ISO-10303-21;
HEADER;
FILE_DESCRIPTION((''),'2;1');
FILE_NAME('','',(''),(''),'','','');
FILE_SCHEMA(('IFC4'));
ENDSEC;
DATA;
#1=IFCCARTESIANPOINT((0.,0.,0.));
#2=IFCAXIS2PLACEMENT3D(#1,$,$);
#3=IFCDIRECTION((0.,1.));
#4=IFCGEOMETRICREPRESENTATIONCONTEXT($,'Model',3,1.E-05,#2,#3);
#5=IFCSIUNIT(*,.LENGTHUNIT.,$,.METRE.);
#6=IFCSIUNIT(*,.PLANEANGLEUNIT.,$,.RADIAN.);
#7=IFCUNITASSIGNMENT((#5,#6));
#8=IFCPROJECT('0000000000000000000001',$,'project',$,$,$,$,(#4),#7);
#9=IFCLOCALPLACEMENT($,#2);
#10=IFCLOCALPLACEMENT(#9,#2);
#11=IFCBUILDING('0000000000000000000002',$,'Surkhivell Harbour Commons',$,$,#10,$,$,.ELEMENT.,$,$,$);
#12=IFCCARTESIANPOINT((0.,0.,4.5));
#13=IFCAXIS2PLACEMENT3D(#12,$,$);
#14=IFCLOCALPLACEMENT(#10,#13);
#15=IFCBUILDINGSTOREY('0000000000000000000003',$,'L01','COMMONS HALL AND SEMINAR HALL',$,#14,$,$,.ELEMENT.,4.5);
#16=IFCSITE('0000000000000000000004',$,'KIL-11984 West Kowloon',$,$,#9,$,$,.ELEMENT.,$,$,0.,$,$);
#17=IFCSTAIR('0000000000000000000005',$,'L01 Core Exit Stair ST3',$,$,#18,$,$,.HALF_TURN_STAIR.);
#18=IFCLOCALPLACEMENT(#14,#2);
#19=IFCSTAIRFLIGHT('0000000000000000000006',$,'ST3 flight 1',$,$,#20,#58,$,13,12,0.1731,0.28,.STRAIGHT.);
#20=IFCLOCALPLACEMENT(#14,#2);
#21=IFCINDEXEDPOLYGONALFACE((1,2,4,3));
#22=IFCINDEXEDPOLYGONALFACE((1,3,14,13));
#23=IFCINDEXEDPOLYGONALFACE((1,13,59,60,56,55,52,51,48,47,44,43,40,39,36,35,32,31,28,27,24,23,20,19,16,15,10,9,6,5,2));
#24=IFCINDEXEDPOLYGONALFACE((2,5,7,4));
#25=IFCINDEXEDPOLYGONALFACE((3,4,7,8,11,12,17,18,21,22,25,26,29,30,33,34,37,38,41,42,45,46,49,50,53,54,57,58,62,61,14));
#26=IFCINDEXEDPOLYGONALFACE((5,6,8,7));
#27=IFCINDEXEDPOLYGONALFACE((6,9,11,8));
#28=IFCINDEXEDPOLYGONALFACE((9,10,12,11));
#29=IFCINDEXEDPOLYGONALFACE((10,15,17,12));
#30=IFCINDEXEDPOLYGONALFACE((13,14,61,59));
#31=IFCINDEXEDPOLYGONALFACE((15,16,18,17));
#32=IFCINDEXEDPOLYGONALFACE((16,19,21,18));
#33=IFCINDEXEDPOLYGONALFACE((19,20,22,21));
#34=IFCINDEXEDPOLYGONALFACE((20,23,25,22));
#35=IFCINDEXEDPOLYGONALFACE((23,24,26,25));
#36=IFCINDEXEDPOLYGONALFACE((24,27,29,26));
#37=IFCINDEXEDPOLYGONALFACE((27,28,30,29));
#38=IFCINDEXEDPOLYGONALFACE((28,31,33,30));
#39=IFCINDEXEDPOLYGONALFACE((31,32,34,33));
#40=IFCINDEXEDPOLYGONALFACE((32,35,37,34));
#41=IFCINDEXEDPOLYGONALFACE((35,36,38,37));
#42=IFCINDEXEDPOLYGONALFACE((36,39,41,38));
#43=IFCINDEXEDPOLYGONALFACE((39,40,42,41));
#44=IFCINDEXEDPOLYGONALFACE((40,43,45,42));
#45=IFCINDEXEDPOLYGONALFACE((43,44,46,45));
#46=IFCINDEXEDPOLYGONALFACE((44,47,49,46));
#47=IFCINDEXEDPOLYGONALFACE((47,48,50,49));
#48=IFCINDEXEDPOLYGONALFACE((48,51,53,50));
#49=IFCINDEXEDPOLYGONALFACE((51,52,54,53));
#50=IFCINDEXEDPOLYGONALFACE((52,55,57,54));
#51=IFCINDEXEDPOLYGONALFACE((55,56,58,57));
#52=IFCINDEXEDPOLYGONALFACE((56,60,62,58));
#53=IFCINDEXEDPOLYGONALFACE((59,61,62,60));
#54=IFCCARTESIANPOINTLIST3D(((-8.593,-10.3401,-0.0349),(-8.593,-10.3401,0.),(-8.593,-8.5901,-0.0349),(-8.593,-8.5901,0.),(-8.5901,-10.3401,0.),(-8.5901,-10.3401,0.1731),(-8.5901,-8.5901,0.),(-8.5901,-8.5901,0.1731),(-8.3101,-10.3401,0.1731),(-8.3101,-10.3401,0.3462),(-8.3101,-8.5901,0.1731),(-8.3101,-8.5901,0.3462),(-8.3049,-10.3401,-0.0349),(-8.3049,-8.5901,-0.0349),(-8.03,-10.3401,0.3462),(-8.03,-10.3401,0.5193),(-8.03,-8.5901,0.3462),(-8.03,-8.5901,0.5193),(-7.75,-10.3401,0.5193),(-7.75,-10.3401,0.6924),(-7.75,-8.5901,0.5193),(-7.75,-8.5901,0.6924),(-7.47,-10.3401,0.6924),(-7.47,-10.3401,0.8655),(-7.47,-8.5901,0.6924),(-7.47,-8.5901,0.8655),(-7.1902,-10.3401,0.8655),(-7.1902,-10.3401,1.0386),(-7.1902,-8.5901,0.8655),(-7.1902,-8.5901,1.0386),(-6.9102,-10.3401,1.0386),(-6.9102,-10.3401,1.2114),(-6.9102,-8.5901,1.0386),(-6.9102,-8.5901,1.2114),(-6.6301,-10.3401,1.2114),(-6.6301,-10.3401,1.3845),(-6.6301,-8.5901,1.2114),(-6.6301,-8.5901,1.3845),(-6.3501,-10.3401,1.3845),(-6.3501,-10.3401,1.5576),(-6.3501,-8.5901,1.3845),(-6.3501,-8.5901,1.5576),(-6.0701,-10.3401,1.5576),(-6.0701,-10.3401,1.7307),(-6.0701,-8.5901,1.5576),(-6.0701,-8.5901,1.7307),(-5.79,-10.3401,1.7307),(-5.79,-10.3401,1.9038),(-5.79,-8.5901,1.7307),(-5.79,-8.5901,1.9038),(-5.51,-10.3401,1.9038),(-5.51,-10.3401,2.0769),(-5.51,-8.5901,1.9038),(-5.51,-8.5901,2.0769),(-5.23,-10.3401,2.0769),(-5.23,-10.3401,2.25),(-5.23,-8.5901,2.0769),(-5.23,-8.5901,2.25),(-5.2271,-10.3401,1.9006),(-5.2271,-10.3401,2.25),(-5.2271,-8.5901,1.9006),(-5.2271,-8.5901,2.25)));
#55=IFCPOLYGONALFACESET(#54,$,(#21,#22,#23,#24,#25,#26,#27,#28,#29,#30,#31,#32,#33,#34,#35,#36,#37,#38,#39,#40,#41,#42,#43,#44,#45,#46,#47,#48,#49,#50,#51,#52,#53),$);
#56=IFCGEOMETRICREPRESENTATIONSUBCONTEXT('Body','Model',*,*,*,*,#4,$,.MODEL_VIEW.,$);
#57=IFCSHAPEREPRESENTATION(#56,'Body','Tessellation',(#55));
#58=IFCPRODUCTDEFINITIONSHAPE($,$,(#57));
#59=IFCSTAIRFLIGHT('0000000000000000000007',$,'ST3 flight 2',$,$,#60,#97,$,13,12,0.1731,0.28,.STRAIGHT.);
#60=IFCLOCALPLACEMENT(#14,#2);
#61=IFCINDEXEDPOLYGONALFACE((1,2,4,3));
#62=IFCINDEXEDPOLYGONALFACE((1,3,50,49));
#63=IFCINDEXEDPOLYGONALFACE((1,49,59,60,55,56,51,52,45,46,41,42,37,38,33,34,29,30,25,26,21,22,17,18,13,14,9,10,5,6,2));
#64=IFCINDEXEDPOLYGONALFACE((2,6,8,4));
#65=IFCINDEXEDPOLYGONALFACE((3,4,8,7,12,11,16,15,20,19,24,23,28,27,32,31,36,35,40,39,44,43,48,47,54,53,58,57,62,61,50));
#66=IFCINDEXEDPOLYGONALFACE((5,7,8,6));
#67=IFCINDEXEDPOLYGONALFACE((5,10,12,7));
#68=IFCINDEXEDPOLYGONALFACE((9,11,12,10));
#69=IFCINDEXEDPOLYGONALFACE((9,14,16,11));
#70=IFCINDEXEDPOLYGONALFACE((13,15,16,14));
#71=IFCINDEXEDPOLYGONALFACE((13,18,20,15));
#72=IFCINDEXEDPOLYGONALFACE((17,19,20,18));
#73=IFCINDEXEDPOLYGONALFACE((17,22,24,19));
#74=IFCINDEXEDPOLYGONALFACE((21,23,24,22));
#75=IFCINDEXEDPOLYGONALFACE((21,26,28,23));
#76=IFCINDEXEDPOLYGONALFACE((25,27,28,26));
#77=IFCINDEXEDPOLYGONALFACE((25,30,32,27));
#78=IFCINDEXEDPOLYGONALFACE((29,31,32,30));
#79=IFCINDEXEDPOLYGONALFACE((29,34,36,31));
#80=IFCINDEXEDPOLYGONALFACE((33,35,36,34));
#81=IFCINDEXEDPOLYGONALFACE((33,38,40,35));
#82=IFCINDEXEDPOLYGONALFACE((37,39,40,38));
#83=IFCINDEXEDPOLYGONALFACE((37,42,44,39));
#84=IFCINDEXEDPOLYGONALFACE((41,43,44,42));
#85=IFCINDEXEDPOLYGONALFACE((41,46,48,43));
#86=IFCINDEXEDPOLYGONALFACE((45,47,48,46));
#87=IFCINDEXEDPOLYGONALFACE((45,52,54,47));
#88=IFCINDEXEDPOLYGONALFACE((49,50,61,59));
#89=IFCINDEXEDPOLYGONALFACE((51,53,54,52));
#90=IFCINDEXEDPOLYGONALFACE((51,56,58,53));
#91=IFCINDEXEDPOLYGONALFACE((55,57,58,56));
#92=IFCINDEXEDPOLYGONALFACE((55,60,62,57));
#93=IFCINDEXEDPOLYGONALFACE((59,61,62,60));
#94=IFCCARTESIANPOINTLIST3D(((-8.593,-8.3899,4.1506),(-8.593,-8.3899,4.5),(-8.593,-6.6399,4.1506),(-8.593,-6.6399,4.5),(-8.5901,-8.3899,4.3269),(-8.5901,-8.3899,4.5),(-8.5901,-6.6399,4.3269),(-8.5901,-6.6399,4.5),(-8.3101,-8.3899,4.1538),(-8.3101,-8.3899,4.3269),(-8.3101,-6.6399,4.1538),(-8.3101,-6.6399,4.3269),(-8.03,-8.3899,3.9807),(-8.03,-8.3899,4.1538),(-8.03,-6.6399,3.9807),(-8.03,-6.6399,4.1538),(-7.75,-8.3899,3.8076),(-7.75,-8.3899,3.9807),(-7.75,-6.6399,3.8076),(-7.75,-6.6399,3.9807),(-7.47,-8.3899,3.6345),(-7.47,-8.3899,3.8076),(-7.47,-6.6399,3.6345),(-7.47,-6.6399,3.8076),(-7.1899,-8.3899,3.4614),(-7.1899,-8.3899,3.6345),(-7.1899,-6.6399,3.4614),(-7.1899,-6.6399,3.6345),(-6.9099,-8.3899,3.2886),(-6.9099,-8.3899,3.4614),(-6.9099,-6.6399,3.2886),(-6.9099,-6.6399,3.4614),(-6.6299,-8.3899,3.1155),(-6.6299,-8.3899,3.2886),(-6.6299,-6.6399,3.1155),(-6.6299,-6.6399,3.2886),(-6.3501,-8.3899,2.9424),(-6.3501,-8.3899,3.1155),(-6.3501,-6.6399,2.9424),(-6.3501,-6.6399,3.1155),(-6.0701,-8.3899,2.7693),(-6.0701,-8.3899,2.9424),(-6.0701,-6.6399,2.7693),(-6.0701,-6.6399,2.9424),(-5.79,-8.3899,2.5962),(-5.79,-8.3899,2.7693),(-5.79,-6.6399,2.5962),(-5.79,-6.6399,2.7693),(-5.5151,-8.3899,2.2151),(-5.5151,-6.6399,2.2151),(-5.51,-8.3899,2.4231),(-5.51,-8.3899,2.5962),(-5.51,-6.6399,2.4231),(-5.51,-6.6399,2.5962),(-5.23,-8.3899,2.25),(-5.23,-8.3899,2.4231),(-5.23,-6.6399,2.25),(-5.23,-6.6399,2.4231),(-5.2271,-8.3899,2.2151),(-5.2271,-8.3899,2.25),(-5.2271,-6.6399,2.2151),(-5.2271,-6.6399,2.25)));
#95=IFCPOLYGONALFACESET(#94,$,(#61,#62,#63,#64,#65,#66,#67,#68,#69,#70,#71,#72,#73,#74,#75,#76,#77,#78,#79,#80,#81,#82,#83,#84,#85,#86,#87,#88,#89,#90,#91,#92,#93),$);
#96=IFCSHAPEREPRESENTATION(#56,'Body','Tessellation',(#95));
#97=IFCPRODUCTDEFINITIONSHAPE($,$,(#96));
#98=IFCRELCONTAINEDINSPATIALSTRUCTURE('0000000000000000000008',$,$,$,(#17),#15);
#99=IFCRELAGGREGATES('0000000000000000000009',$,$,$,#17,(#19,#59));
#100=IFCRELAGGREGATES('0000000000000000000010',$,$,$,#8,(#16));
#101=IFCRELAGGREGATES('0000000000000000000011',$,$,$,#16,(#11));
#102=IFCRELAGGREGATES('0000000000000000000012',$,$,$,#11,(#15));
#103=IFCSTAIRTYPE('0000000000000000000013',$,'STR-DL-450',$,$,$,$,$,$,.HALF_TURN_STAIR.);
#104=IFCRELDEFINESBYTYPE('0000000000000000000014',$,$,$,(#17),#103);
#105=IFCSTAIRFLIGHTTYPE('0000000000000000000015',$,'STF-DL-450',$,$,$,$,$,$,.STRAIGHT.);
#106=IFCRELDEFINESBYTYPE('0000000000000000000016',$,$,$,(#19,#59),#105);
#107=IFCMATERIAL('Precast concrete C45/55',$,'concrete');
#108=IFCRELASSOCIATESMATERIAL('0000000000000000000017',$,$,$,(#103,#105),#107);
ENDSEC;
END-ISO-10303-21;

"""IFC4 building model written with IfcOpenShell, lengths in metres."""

from ifc_helpers import new_model, si_unit, direction, frame, origin, place, context, subcontext, project, spatial, polyline, outline, extrude, material, type_object, element, aggregate, save


model = new_model("IFC4")

# Units and contexts
model_context = context("Model", 3, precision=1e-05, world=origin(), true_north=direction((0.0, 1.0)))
body_context = subcontext(model_context, "Body", "Model", "MODEL_VIEW")
ifc_project = project(units=[si_unit("LENGTHUNIT", "METRE"), si_unit("PLANEANGLEUNIT", "RADIAN")], contexts=[model_context])

# Site, building, storey
site_placement = place(None, origin())
site = spatial("IfcSite", under=ifc_project, at=site_placement, Name="KIL-11984 West Kowloon", CompositionType="ELEMENT", RefElevation=0.0)
building_placement = place(site_placement, origin())
building = spatial("IfcBuilding", under=site, at=building_placement, Name="Surkhivell Harbour Commons", CompositionType="ELEMENT")
storey_placement = place(building_placement, frame((0.0, 0.0, 4.5)))
storey = spatial("IfcBuildingStorey", under=building, at=storey_placement, Name="L01", Description="COMMONS HALL AND SEMINAR HALL", CompositionType="ELEMENT", Elevation=4.5)

# Stair, stair flights
ifc_material_1 = material(Name="Precast concrete C45/55", Category="concrete")
stair_type = type_object("IfcStairType", Name="STR-DL-450", PredefinedType="HALF_TURN_STAIR", material=ifc_material_1)
stair_placement = place(storey_placement, origin())
stair = element("IfcStair", 1, at=stair_placement, inside=storey, type_object=stair_type, Name="L01 Core Exit Stair ST3", PredefinedType="HALF_TURN_STAIR")
stair_flight_type = type_object("IfcStairFlightType", Name="STF-DL-450", PredefinedType="STRAIGHT", material=ifc_material_1)
stair_flight_1_placement = place(storey_placement, frame((-8.5901, -9.4651, 0.0), z_axis=(0.0, 0.0, 1.0), x_axis=(1.0, 0.0, 0.0)))
stair_flight_1 = element("IfcStairFlight", 2, at=stair_flight_1_placement, type_object=stair_flight_type, Name="ST3 flight 1", NumberOfRisers=13, NumberOfTreads=12, PredefinedType="STRAIGHT", RiserHeight=0.1731, TreadLength=0.28, context=body_context, shape_type="SweptSolid", body=[
    extrude(outline(polyline([(-0.0029, -0.0349), (-0.0029, 0.0), (0.0, 0.0), (0.0, 0.1731), (0.28, 0.1731), (0.28, 0.3462), (0.5601, 0.3462), (0.5601, 0.5193), (0.8401, 0.5193), (0.8401, 0.6924), (1.1201, 0.6924), (1.1201, 0.8655), (1.3999, 0.8655), (1.3999, 1.0386), (1.6799, 1.0386), (1.6799, 1.2114), (1.96, 1.2114), (1.96, 1.3845), (2.24, 1.3845), (2.24, 1.5576), (2.52, 1.5576), (2.52, 1.7307), (2.8, 1.7307), (2.8, 1.9038), (3.0801, 1.9038), (3.0801, 2.0769), (3.3601, 2.0769), (3.3601, 2.25), (3.363, 2.25), (3.363, 1.9006), (0.2852, -0.0349), (-0.0029, -0.0349)])), frame((0.0, 0.875, 0.0), z_axis=(0.0, -1.0, 0.0), x_axis=(1.0, 0.0, 0.0)), (0.0, 0.0, 1.0), 1.75),
])
stair_flight_2_placement = place(storey_placement, frame((-5.23, -7.5149, 2.25), z_axis=(0.0, 0.0, 1.0), x_axis=(-1.0, 0.0, 0.0)))
stair_flight_2 = element("IfcStairFlight", 3, at=stair_flight_2_placement, type_object=stair_flight_type, Name="ST3 flight 2", NumberOfRisers=13, NumberOfTreads=12, PredefinedType="STRAIGHT", RiserHeight=0.1731, TreadLength=0.28, context=body_context, shape_type="SweptSolid", body=[
    extrude(outline(polyline([(-0.0029, -0.0349), (-0.0029, 0.0), (0.0, 0.0), (0.0, 0.1731), (0.28, 0.1731), (0.28, 0.3462), (0.5601, 0.3462), (0.5601, 0.5193), (0.8401, 0.5193), (0.8401, 0.6924), (1.1201, 0.6924), (1.1201, 0.8655), (1.3999, 0.8655), (1.3999, 1.0386), (1.6799, 1.0386), (1.6799, 1.2114), (1.96, 1.2114), (1.96, 1.3845), (2.24, 1.3845), (2.24, 1.5576), (2.52, 1.5576), (2.52, 1.7307), (2.8, 1.7307), (2.8, 1.9038), (3.0801, 1.9038), (3.0801, 2.0769), (3.3601, 2.0769), (3.3601, 2.25), (3.363, 2.25), (3.363, 1.9006), (0.2852, -0.0349), (-0.0029, -0.0349)])), frame((0.0, 0.875, 0.0), z_axis=(0.0, -1.0, 0.0), x_axis=(1.0, 0.0, 0.0)), (0.0, 0.0, 1.0), 1.75),
])
aggregate(stair, [stair_flight_1, stair_flight_2])

save(model, "model.ifc")
